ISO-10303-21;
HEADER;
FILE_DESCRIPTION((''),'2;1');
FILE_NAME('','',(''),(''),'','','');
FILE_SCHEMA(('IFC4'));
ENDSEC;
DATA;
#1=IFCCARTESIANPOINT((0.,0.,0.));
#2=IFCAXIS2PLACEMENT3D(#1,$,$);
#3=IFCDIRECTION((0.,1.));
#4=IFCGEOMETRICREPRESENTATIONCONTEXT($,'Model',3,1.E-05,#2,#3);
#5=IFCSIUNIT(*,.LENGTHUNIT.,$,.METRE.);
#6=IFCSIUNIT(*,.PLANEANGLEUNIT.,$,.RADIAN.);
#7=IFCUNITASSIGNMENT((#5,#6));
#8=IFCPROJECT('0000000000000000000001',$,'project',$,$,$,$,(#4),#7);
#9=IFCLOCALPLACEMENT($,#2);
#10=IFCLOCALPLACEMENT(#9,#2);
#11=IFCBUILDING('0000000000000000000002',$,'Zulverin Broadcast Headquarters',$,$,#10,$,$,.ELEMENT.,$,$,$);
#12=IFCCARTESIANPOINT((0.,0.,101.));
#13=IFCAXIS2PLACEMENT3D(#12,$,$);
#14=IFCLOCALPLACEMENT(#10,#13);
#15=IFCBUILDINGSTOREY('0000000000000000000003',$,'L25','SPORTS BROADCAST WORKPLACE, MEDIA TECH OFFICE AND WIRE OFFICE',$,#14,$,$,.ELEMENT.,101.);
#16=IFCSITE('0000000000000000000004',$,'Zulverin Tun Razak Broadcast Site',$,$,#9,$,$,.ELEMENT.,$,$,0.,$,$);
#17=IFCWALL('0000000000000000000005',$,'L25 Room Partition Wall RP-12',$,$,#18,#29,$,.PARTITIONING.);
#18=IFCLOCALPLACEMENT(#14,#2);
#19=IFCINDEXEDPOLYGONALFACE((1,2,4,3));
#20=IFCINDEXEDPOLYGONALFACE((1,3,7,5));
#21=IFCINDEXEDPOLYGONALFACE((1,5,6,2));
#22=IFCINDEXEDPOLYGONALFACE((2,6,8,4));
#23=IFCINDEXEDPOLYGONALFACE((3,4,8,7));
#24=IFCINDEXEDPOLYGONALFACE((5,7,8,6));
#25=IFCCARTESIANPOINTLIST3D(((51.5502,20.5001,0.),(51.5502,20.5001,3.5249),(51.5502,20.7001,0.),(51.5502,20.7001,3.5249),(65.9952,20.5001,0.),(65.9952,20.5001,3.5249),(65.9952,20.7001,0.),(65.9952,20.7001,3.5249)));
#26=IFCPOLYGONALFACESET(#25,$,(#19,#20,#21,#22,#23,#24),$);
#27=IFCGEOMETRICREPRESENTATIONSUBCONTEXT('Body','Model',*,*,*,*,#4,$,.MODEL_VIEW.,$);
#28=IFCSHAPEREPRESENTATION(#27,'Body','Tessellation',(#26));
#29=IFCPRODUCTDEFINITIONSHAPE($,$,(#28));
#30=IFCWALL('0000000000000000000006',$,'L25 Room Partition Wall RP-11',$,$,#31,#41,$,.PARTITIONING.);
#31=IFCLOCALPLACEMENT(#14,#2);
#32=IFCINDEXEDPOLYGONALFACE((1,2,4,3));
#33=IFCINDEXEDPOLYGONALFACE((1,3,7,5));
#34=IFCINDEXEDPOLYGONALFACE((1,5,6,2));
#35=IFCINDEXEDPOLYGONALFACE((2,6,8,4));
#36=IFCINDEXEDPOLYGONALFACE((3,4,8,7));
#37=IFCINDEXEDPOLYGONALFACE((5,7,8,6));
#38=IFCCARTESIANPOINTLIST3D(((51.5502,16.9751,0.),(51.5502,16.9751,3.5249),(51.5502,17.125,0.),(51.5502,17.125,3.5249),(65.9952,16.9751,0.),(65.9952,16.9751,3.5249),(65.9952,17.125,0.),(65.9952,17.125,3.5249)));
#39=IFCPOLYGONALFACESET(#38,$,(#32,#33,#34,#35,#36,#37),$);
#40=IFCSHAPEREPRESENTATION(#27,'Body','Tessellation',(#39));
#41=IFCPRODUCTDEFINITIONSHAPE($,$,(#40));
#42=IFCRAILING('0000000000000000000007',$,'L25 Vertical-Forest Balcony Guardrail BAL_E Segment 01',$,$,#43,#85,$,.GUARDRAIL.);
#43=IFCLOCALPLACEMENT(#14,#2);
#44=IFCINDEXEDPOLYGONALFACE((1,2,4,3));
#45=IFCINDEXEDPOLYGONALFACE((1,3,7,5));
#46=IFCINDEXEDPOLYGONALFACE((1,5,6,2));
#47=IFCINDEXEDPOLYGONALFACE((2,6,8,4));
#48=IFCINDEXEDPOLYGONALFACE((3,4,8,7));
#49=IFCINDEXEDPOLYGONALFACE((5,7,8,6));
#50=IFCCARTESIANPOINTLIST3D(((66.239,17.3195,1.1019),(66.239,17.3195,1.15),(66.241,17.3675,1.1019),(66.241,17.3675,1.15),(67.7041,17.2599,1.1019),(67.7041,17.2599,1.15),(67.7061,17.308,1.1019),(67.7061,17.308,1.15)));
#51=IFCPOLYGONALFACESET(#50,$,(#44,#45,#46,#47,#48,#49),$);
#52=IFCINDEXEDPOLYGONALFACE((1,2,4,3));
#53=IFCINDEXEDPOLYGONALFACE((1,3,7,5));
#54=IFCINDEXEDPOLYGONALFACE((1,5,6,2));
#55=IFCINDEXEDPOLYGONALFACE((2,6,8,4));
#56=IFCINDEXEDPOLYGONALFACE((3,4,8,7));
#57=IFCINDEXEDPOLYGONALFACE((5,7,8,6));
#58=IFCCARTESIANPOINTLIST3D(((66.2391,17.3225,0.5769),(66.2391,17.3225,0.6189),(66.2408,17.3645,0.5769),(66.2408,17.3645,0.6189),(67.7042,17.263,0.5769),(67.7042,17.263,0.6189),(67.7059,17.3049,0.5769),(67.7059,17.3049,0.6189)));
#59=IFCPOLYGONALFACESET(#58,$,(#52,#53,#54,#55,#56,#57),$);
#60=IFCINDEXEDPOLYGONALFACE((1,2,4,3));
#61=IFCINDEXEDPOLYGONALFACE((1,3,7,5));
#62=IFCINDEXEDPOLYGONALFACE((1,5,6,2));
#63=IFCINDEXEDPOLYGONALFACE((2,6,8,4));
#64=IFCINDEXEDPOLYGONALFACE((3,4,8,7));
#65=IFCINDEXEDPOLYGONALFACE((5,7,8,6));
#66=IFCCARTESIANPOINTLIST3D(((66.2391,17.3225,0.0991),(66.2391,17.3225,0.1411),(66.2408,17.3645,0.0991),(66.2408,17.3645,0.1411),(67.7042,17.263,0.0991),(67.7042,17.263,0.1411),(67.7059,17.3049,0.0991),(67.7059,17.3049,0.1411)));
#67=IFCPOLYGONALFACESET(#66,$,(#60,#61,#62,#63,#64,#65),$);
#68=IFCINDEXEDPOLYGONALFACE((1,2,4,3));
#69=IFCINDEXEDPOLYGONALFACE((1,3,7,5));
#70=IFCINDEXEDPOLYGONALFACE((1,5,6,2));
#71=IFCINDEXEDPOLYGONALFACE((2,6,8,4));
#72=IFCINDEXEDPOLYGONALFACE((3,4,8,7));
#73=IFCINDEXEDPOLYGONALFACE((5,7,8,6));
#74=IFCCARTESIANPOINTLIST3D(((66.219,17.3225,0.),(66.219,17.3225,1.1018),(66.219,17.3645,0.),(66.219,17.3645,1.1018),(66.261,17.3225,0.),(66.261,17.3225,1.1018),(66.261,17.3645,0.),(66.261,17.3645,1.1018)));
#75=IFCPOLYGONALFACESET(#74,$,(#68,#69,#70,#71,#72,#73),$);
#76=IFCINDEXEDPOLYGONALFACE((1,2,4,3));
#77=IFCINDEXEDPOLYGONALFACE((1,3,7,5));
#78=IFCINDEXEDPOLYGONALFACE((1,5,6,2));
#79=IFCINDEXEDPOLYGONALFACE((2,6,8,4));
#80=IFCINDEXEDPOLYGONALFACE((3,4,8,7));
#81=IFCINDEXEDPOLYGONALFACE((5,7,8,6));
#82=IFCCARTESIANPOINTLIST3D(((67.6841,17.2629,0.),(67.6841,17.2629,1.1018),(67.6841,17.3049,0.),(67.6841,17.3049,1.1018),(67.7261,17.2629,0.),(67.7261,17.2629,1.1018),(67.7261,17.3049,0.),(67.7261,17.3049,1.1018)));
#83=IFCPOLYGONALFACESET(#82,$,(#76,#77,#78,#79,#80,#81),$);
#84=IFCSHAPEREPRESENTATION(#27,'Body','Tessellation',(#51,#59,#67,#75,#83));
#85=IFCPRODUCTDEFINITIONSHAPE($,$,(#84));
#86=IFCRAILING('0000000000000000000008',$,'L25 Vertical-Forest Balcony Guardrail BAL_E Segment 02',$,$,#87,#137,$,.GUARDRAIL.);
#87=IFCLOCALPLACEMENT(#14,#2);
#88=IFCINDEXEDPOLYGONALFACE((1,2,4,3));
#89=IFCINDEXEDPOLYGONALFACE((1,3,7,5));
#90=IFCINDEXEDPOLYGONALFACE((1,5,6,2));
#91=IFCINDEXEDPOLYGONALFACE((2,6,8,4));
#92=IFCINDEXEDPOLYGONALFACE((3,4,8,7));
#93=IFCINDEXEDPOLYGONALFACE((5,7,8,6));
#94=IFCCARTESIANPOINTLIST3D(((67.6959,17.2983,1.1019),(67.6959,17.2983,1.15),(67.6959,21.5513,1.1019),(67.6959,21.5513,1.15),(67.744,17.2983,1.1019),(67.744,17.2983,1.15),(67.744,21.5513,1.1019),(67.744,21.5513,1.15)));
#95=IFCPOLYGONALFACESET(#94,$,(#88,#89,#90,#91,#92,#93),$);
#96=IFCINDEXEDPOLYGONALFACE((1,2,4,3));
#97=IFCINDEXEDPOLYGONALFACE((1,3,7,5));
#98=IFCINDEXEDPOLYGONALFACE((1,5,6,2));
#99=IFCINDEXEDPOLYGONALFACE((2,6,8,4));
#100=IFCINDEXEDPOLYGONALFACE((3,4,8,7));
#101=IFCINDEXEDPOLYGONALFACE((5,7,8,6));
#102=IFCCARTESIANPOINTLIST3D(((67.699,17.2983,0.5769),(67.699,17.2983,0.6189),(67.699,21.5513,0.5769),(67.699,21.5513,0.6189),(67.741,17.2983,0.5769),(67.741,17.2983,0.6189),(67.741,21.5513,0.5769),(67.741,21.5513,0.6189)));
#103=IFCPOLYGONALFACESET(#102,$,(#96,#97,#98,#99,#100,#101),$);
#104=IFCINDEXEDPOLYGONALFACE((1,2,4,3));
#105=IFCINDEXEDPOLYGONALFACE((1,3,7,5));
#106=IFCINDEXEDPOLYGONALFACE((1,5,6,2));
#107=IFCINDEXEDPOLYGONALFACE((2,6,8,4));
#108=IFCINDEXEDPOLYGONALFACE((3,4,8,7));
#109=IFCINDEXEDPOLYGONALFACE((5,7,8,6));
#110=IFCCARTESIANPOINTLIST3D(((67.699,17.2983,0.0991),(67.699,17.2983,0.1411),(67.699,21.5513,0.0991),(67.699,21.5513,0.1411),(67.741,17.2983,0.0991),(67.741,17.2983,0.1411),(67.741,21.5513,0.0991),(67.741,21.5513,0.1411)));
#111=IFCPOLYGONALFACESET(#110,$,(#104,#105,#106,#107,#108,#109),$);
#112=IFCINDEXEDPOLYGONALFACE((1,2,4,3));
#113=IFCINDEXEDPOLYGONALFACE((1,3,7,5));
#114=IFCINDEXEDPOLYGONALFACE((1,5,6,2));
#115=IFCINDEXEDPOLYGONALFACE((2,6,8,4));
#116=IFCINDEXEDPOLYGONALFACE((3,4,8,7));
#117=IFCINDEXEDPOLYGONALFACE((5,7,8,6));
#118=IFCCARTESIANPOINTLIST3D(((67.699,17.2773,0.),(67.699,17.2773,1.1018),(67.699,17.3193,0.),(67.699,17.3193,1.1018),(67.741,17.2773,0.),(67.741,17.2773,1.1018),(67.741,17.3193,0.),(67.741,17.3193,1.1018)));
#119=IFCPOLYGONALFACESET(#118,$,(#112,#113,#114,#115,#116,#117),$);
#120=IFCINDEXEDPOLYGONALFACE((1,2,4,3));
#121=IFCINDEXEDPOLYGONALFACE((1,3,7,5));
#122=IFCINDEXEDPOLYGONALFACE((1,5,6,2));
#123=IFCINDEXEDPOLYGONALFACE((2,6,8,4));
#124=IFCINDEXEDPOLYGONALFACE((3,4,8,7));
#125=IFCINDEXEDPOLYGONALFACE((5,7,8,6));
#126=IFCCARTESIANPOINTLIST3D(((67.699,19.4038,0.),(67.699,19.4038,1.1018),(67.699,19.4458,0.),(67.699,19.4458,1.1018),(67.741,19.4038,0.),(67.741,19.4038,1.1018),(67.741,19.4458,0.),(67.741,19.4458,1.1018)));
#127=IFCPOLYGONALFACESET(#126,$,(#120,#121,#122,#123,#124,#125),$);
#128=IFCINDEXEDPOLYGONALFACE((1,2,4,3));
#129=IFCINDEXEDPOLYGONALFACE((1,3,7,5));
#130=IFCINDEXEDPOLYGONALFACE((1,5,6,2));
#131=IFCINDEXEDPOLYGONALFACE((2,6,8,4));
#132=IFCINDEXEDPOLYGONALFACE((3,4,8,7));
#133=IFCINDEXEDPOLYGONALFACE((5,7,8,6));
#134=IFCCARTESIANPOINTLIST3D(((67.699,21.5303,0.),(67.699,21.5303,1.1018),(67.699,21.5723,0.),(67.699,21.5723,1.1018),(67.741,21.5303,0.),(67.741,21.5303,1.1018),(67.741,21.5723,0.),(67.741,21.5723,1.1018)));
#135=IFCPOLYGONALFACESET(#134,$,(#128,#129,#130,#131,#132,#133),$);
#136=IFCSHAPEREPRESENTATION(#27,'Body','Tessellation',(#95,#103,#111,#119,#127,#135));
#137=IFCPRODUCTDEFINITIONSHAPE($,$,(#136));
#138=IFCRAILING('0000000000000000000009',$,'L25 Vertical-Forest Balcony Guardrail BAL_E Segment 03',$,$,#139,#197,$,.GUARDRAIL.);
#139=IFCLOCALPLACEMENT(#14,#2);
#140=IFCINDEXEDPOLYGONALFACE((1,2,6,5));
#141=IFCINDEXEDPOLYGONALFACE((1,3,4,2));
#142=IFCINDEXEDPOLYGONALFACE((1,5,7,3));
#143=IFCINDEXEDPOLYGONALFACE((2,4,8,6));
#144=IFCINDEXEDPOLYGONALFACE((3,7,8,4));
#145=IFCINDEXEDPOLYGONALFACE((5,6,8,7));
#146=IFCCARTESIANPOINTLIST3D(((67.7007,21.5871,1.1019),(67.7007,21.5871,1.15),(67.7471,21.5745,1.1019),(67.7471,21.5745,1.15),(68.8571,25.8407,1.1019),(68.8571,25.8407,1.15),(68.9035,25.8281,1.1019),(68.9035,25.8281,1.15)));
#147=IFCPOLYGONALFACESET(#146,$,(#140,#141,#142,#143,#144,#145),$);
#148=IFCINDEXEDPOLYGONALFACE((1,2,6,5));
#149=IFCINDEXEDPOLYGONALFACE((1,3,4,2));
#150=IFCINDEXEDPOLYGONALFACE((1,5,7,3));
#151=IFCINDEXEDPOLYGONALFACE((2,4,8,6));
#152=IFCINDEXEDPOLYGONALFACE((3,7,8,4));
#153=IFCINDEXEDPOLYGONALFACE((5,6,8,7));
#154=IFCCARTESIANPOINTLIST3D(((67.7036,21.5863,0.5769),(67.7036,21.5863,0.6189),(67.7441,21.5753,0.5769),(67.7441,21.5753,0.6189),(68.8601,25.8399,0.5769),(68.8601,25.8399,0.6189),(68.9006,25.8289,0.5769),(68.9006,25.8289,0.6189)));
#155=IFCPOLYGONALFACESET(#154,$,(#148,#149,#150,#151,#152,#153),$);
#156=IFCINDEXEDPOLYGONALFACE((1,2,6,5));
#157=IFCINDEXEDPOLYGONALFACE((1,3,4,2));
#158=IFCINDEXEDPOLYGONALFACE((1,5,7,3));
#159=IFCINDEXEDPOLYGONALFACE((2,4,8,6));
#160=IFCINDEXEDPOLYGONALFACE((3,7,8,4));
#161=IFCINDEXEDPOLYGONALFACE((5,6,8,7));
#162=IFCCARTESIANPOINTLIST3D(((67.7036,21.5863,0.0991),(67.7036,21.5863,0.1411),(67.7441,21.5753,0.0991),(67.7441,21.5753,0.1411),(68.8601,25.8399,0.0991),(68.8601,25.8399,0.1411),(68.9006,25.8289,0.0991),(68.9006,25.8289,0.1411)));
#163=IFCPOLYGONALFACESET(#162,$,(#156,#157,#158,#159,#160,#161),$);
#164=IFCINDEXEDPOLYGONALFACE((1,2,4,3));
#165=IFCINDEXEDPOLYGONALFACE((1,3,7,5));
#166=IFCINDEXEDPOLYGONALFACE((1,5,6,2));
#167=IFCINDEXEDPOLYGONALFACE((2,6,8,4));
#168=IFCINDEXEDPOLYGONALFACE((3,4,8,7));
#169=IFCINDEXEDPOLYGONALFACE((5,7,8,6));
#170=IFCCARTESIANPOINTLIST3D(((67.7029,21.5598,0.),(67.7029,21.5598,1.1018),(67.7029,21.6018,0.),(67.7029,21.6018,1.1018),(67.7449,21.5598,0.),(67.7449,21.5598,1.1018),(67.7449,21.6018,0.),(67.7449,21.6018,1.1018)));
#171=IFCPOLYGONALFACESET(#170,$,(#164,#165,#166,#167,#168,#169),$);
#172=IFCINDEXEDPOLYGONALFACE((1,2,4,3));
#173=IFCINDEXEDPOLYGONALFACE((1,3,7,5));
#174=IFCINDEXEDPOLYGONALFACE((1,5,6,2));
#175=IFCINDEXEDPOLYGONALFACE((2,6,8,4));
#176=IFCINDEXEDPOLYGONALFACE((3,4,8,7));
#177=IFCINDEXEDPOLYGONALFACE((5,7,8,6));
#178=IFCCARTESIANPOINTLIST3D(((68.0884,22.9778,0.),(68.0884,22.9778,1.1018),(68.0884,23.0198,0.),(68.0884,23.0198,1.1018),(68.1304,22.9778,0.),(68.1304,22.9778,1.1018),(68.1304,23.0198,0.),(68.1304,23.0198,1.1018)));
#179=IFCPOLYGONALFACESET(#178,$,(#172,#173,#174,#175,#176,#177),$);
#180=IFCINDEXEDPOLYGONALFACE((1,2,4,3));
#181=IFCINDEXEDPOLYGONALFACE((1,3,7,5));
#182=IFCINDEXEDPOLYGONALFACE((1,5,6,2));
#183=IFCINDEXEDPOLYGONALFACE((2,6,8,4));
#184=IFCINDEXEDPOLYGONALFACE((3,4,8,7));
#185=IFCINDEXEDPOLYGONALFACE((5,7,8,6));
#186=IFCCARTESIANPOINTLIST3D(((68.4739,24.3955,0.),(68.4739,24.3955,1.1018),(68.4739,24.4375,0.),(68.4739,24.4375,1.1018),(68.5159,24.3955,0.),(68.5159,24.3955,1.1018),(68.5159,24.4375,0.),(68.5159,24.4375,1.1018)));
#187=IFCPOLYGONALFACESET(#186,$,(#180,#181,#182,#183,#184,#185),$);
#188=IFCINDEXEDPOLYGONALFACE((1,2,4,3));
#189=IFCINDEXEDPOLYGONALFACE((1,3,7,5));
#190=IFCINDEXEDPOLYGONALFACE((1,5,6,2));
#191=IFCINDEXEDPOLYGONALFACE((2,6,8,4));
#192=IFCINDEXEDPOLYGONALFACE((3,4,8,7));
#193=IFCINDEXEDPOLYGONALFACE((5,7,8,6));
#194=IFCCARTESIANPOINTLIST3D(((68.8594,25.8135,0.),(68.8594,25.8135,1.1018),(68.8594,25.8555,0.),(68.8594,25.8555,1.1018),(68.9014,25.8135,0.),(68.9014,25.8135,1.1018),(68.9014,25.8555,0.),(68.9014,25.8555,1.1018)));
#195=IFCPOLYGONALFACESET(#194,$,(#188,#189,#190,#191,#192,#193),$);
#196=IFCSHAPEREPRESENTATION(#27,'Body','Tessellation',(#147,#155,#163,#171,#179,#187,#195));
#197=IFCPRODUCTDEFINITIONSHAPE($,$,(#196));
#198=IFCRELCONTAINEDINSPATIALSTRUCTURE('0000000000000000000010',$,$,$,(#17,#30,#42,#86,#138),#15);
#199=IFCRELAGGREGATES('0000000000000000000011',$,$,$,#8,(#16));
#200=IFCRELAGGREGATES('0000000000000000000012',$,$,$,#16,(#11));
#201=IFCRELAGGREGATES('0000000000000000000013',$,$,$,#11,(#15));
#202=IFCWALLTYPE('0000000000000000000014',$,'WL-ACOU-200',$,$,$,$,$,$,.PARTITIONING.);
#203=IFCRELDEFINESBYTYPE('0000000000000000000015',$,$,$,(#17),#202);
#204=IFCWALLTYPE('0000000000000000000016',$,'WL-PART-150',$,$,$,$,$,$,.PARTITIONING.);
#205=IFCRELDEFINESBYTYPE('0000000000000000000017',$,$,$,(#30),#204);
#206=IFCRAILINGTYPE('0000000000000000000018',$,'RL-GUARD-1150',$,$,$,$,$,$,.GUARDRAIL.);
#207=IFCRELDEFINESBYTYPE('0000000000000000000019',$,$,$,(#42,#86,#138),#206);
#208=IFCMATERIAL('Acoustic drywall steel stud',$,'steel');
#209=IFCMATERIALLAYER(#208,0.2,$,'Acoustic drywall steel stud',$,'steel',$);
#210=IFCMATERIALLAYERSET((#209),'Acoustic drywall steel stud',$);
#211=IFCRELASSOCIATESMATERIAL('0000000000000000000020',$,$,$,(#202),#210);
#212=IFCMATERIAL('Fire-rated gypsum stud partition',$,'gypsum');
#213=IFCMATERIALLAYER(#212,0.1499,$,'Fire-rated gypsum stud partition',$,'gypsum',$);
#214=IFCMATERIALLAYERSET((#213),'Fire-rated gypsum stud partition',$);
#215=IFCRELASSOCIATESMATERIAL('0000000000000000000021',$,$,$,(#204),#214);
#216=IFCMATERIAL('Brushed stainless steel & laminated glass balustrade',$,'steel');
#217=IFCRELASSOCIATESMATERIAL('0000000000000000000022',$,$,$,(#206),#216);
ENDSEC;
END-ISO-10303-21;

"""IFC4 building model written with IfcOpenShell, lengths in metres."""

from ifc_helpers import new_model, si_unit, direction, frame, frame_2d, origin, origin_2d, place, context, subcontext, project, spatial, rectangle, extrude, material, layer, layer_set, type_object, element, save


model = new_model("IFC4")

# Units and contexts
model_context = context("Model", 3, precision=1e-05, world=origin(), true_north=direction((0.0, 1.0)))
body_context = subcontext(model_context, "Body", "Model", "MODEL_VIEW")
ifc_project = project(units=[si_unit("LENGTHUNIT", "METRE"), si_unit("PLANEANGLEUNIT", "RADIAN")], contexts=[model_context])

# Site, building, storey
site_placement = place(None, origin())
site = spatial("IfcSite", under=ifc_project, at=site_placement, Name="Zulverin Tun Razak Broadcast Site", CompositionType="ELEMENT", RefElevation=0.0)
building_placement = place(site_placement, origin())
building = spatial("IfcBuilding", under=site, at=building_placement, Name="Zulverin Broadcast Headquarters", CompositionType="ELEMENT")
storey_placement = place(building_placement, frame((0.0, 0.0, 101.0)))
storey = spatial("IfcBuildingStorey", under=building, at=storey_placement, Name="L25", Description="SPORTS BROADCAST WORKPLACE, MEDIA TECH OFFICE AND WIRE OFFICE", CompositionType="ELEMENT", Elevation=101.0)

# Wall
ifc_material_1 = material(Name="Acoustic drywall steel stud", Category="steel")
ifc_layer_1 = layer(ifc_material_1, 0.2, Name="Acoustic drywall steel stud", Category="steel")
ifc_layer_set_1 = layer_set([ifc_layer_1], Name="Acoustic drywall steel stud")
wall_type_1 = type_object("IfcWallType", Name="WL-ACOU-200", PredefinedType="PARTITIONING", material=ifc_layer_set_1)
wall_1_placement = place(storey_placement, frame((51.55, 20.6001, 0.0), z_axis=(0.0, 0.0, 1.0), x_axis=(1.0, 0.0, 0.0)))
element("IfcWall", 1, at=wall_1_placement, inside=storey, type_object=wall_type_1, Name="L25 Room Partition Wall RP-12", PredefinedType="PARTITIONING", context=body_context, shape_type="SweptSolid", body=[
    extrude(rectangle(XDim=14.4451, YDim=0.2, at=frame_2d((7.2227, 0.0))), origin(), (0.0, 0.0, 1.0), 3.5249),
])

# Wall
ifc_material_2 = material(Name="Fire-rated gypsum stud partition", Category="gypsum")
ifc_layer_2 = layer(ifc_material_2, 0.1499, Name="Fire-rated gypsum stud partition", Category="gypsum")
ifc_layer_set_2 = layer_set([ifc_layer_2], Name="Fire-rated gypsum stud partition")
wall_type_2 = type_object("IfcWallType", Name="WL-PART-150", PredefinedType="PARTITIONING", material=ifc_layer_set_2)
wall_2_placement = place(storey_placement, frame((51.55, 17.05, 0.0), z_axis=(0.0, 0.0, 1.0), x_axis=(1.0, 0.0, 0.0)))
element("IfcWall", 2, at=wall_2_placement, inside=storey, type_object=wall_type_2, Name="L25 Room Partition Wall RP-11", PredefinedType="PARTITIONING", context=body_context, shape_type="SweptSolid", body=[
    extrude(rectangle(XDim=14.4451, YDim=0.1499, at=frame_2d((7.2227, 0.0))), origin(), (0.0, 0.0, 1.0), 3.5249),
])

# Railings
ifc_material_3 = material(Name="Brushed stainless steel & laminated glass balustrade", Category="steel")
railing_type = type_object("IfcRailingType", Name="RL-GUARD-1150", PredefinedType="GUARDRAIL", material=ifc_material_3)
railing_1_placement = place(storey_placement, frame((66.24, 17.3435, 0.0)))
element("IfcRailing", 3, at=railing_1_placement, inside=storey, type_object=railing_type, Name="L25 Vertical-Forest Balcony Guardrail BAL_E Segment 01", PredefinedType="GUARDRAIL", context=body_context, shape_type="SweptSolid", body=[
    extrude(rectangle(XDim=0.0481, YDim=0.0481, at=origin_2d()), frame((0.0, 0.0, 1.126), z_axis=(0.999174, -0.040626, 0.0), x_axis=(0.040626, 0.999174, 0.0)), (0.0, 0.0, 1.0), 1.4663),
    extrude(rectangle(XDim=0.042, YDim=0.042, at=origin_2d()), frame((0.0, 0.0, 0.5979), z_axis=(0.999174, -0.040626, 0.0), x_axis=(0.040626, 0.999174, 0.0)), (0.0, 0.0, 1.0), 1.4663),
    extrude(rectangle(XDim=0.042, YDim=0.042, at=origin_2d()), frame((0.0, 0.0, 0.1201), z_axis=(0.999174, -0.040626, 0.0), x_axis=(0.040626, 0.999174, 0.0)), (0.0, 0.0, 1.0), 1.4663),
    extrude(rectangle(XDim=0.042, YDim=0.042, at=origin_2d()), origin(), (0.0, 0.0, 1.0), 1.1018),
    extrude(rectangle(XDim=0.042, YDim=0.042, at=origin_2d()), frame((1.4651, -0.0596, 0.0)), (0.0, 0.0, 1.0), 1.1018),
])
railing_2_placement = place(storey_placement, frame((67.72, 17.2983, 0.0)))
element("IfcRailing", 4, at=railing_2_placement, inside=storey, type_object=railing_type, Name="L25 Vertical-Forest Balcony Guardrail BAL_E Segment 02", PredefinedType="GUARDRAIL", context=body_context, shape_type="SweptSolid", body=[
    extrude(rectangle(XDim=0.0481, YDim=0.0481, at=origin_2d()), frame((0.0, 0.0, 1.126), z_axis=(0.0, 1.0, 0.0), x_axis=(-1.0, 0.0, 0.0)), (0.0, 0.0, 1.0), 4.2529),
    extrude(rectangle(XDim=0.042, YDim=0.042, at=origin_2d()), frame((0.0, 0.0, 0.5979), z_axis=(0.0, 1.0, 0.0), x_axis=(-1.0, 0.0, 0.0)), (0.0, 0.0, 1.0), 4.2529),
    extrude(rectangle(XDim=0.042, YDim=0.042, at=origin_2d()), frame((0.0, 0.0, 0.1201), z_axis=(0.0, 1.0, 0.0), x_axis=(-1.0, 0.0, 0.0)), (0.0, 0.0, 1.0), 4.2529),
    extrude(rectangle(XDim=0.042, YDim=0.042, at=origin_2d()), origin(), (0.0, 0.0, 1.0), 1.1018),
    extrude(rectangle(XDim=0.042, YDim=0.042, at=origin_2d()), frame((0.0, 2.1265, 0.0)), (0.0, 0.0, 1.0), 1.1018),
    extrude(rectangle(XDim=0.042, YDim=0.042, at=origin_2d()), frame((0.0, 4.2529, 0.0)), (0.0, 0.0, 1.0), 1.1018),
])
railing_3_placement = place(storey_placement, frame((67.7239, 21.5808, 0.0)))
element("IfcRailing", 5, at=railing_3_placement, inside=storey, type_object=railing_type, Name="L25 Vertical-Forest Balcony Guardrail BAL_E Segment 03", PredefinedType="GUARDRAIL", context=body_context, shape_type="SweptSolid", body=[
    extrude(rectangle(XDim=0.0481, YDim=0.0481, at=origin_2d()), frame((0.0, 0.0, 1.126), z_axis=(0.262358, 0.964971, 0.0), x_axis=(-0.964971, 0.262358, 0.0)), (0.0, 0.0, 1.0), 4.408),
    extrude(rectangle(XDim=0.042, YDim=0.042, at=origin_2d()), frame((0.0, 0.0, 0.5979), z_axis=(0.262358, 0.964971, 0.0), x_axis=(-0.964971, 0.262358, 0.0)), (0.0, 0.0, 1.0), 4.408),
    extrude(rectangle(XDim=0.042, YDim=0.042, at=origin_2d()), frame((0.0, 0.0, 0.1201), z_axis=(0.262358, 0.964971, 0.0), x_axis=(-0.964971, 0.262358, 0.0)), (0.0, 0.0, 1.0), 4.408),
    extrude(rectangle(XDim=0.042, YDim=0.042, at=origin_2d()), origin(), (0.0, 0.0, 1.0), 1.1018),
    extrude(rectangle(XDim=0.042, YDim=0.042, at=origin_2d()), frame((0.3855, 1.418, 0.0)), (0.0, 0.0, 1.0), 1.1018),
    extrude(rectangle(XDim=0.042, YDim=0.042, at=origin_2d()), frame((0.771, 2.8357, 0.0)), (0.0, 0.0, 1.0), 1.1018),
    extrude(rectangle(XDim=0.042, YDim=0.042, at=origin_2d()), frame((1.1565, 4.2537, 0.0)), (0.0, 0.0, 1.0), 1.1018),
])

save(model, "model.ifc")
